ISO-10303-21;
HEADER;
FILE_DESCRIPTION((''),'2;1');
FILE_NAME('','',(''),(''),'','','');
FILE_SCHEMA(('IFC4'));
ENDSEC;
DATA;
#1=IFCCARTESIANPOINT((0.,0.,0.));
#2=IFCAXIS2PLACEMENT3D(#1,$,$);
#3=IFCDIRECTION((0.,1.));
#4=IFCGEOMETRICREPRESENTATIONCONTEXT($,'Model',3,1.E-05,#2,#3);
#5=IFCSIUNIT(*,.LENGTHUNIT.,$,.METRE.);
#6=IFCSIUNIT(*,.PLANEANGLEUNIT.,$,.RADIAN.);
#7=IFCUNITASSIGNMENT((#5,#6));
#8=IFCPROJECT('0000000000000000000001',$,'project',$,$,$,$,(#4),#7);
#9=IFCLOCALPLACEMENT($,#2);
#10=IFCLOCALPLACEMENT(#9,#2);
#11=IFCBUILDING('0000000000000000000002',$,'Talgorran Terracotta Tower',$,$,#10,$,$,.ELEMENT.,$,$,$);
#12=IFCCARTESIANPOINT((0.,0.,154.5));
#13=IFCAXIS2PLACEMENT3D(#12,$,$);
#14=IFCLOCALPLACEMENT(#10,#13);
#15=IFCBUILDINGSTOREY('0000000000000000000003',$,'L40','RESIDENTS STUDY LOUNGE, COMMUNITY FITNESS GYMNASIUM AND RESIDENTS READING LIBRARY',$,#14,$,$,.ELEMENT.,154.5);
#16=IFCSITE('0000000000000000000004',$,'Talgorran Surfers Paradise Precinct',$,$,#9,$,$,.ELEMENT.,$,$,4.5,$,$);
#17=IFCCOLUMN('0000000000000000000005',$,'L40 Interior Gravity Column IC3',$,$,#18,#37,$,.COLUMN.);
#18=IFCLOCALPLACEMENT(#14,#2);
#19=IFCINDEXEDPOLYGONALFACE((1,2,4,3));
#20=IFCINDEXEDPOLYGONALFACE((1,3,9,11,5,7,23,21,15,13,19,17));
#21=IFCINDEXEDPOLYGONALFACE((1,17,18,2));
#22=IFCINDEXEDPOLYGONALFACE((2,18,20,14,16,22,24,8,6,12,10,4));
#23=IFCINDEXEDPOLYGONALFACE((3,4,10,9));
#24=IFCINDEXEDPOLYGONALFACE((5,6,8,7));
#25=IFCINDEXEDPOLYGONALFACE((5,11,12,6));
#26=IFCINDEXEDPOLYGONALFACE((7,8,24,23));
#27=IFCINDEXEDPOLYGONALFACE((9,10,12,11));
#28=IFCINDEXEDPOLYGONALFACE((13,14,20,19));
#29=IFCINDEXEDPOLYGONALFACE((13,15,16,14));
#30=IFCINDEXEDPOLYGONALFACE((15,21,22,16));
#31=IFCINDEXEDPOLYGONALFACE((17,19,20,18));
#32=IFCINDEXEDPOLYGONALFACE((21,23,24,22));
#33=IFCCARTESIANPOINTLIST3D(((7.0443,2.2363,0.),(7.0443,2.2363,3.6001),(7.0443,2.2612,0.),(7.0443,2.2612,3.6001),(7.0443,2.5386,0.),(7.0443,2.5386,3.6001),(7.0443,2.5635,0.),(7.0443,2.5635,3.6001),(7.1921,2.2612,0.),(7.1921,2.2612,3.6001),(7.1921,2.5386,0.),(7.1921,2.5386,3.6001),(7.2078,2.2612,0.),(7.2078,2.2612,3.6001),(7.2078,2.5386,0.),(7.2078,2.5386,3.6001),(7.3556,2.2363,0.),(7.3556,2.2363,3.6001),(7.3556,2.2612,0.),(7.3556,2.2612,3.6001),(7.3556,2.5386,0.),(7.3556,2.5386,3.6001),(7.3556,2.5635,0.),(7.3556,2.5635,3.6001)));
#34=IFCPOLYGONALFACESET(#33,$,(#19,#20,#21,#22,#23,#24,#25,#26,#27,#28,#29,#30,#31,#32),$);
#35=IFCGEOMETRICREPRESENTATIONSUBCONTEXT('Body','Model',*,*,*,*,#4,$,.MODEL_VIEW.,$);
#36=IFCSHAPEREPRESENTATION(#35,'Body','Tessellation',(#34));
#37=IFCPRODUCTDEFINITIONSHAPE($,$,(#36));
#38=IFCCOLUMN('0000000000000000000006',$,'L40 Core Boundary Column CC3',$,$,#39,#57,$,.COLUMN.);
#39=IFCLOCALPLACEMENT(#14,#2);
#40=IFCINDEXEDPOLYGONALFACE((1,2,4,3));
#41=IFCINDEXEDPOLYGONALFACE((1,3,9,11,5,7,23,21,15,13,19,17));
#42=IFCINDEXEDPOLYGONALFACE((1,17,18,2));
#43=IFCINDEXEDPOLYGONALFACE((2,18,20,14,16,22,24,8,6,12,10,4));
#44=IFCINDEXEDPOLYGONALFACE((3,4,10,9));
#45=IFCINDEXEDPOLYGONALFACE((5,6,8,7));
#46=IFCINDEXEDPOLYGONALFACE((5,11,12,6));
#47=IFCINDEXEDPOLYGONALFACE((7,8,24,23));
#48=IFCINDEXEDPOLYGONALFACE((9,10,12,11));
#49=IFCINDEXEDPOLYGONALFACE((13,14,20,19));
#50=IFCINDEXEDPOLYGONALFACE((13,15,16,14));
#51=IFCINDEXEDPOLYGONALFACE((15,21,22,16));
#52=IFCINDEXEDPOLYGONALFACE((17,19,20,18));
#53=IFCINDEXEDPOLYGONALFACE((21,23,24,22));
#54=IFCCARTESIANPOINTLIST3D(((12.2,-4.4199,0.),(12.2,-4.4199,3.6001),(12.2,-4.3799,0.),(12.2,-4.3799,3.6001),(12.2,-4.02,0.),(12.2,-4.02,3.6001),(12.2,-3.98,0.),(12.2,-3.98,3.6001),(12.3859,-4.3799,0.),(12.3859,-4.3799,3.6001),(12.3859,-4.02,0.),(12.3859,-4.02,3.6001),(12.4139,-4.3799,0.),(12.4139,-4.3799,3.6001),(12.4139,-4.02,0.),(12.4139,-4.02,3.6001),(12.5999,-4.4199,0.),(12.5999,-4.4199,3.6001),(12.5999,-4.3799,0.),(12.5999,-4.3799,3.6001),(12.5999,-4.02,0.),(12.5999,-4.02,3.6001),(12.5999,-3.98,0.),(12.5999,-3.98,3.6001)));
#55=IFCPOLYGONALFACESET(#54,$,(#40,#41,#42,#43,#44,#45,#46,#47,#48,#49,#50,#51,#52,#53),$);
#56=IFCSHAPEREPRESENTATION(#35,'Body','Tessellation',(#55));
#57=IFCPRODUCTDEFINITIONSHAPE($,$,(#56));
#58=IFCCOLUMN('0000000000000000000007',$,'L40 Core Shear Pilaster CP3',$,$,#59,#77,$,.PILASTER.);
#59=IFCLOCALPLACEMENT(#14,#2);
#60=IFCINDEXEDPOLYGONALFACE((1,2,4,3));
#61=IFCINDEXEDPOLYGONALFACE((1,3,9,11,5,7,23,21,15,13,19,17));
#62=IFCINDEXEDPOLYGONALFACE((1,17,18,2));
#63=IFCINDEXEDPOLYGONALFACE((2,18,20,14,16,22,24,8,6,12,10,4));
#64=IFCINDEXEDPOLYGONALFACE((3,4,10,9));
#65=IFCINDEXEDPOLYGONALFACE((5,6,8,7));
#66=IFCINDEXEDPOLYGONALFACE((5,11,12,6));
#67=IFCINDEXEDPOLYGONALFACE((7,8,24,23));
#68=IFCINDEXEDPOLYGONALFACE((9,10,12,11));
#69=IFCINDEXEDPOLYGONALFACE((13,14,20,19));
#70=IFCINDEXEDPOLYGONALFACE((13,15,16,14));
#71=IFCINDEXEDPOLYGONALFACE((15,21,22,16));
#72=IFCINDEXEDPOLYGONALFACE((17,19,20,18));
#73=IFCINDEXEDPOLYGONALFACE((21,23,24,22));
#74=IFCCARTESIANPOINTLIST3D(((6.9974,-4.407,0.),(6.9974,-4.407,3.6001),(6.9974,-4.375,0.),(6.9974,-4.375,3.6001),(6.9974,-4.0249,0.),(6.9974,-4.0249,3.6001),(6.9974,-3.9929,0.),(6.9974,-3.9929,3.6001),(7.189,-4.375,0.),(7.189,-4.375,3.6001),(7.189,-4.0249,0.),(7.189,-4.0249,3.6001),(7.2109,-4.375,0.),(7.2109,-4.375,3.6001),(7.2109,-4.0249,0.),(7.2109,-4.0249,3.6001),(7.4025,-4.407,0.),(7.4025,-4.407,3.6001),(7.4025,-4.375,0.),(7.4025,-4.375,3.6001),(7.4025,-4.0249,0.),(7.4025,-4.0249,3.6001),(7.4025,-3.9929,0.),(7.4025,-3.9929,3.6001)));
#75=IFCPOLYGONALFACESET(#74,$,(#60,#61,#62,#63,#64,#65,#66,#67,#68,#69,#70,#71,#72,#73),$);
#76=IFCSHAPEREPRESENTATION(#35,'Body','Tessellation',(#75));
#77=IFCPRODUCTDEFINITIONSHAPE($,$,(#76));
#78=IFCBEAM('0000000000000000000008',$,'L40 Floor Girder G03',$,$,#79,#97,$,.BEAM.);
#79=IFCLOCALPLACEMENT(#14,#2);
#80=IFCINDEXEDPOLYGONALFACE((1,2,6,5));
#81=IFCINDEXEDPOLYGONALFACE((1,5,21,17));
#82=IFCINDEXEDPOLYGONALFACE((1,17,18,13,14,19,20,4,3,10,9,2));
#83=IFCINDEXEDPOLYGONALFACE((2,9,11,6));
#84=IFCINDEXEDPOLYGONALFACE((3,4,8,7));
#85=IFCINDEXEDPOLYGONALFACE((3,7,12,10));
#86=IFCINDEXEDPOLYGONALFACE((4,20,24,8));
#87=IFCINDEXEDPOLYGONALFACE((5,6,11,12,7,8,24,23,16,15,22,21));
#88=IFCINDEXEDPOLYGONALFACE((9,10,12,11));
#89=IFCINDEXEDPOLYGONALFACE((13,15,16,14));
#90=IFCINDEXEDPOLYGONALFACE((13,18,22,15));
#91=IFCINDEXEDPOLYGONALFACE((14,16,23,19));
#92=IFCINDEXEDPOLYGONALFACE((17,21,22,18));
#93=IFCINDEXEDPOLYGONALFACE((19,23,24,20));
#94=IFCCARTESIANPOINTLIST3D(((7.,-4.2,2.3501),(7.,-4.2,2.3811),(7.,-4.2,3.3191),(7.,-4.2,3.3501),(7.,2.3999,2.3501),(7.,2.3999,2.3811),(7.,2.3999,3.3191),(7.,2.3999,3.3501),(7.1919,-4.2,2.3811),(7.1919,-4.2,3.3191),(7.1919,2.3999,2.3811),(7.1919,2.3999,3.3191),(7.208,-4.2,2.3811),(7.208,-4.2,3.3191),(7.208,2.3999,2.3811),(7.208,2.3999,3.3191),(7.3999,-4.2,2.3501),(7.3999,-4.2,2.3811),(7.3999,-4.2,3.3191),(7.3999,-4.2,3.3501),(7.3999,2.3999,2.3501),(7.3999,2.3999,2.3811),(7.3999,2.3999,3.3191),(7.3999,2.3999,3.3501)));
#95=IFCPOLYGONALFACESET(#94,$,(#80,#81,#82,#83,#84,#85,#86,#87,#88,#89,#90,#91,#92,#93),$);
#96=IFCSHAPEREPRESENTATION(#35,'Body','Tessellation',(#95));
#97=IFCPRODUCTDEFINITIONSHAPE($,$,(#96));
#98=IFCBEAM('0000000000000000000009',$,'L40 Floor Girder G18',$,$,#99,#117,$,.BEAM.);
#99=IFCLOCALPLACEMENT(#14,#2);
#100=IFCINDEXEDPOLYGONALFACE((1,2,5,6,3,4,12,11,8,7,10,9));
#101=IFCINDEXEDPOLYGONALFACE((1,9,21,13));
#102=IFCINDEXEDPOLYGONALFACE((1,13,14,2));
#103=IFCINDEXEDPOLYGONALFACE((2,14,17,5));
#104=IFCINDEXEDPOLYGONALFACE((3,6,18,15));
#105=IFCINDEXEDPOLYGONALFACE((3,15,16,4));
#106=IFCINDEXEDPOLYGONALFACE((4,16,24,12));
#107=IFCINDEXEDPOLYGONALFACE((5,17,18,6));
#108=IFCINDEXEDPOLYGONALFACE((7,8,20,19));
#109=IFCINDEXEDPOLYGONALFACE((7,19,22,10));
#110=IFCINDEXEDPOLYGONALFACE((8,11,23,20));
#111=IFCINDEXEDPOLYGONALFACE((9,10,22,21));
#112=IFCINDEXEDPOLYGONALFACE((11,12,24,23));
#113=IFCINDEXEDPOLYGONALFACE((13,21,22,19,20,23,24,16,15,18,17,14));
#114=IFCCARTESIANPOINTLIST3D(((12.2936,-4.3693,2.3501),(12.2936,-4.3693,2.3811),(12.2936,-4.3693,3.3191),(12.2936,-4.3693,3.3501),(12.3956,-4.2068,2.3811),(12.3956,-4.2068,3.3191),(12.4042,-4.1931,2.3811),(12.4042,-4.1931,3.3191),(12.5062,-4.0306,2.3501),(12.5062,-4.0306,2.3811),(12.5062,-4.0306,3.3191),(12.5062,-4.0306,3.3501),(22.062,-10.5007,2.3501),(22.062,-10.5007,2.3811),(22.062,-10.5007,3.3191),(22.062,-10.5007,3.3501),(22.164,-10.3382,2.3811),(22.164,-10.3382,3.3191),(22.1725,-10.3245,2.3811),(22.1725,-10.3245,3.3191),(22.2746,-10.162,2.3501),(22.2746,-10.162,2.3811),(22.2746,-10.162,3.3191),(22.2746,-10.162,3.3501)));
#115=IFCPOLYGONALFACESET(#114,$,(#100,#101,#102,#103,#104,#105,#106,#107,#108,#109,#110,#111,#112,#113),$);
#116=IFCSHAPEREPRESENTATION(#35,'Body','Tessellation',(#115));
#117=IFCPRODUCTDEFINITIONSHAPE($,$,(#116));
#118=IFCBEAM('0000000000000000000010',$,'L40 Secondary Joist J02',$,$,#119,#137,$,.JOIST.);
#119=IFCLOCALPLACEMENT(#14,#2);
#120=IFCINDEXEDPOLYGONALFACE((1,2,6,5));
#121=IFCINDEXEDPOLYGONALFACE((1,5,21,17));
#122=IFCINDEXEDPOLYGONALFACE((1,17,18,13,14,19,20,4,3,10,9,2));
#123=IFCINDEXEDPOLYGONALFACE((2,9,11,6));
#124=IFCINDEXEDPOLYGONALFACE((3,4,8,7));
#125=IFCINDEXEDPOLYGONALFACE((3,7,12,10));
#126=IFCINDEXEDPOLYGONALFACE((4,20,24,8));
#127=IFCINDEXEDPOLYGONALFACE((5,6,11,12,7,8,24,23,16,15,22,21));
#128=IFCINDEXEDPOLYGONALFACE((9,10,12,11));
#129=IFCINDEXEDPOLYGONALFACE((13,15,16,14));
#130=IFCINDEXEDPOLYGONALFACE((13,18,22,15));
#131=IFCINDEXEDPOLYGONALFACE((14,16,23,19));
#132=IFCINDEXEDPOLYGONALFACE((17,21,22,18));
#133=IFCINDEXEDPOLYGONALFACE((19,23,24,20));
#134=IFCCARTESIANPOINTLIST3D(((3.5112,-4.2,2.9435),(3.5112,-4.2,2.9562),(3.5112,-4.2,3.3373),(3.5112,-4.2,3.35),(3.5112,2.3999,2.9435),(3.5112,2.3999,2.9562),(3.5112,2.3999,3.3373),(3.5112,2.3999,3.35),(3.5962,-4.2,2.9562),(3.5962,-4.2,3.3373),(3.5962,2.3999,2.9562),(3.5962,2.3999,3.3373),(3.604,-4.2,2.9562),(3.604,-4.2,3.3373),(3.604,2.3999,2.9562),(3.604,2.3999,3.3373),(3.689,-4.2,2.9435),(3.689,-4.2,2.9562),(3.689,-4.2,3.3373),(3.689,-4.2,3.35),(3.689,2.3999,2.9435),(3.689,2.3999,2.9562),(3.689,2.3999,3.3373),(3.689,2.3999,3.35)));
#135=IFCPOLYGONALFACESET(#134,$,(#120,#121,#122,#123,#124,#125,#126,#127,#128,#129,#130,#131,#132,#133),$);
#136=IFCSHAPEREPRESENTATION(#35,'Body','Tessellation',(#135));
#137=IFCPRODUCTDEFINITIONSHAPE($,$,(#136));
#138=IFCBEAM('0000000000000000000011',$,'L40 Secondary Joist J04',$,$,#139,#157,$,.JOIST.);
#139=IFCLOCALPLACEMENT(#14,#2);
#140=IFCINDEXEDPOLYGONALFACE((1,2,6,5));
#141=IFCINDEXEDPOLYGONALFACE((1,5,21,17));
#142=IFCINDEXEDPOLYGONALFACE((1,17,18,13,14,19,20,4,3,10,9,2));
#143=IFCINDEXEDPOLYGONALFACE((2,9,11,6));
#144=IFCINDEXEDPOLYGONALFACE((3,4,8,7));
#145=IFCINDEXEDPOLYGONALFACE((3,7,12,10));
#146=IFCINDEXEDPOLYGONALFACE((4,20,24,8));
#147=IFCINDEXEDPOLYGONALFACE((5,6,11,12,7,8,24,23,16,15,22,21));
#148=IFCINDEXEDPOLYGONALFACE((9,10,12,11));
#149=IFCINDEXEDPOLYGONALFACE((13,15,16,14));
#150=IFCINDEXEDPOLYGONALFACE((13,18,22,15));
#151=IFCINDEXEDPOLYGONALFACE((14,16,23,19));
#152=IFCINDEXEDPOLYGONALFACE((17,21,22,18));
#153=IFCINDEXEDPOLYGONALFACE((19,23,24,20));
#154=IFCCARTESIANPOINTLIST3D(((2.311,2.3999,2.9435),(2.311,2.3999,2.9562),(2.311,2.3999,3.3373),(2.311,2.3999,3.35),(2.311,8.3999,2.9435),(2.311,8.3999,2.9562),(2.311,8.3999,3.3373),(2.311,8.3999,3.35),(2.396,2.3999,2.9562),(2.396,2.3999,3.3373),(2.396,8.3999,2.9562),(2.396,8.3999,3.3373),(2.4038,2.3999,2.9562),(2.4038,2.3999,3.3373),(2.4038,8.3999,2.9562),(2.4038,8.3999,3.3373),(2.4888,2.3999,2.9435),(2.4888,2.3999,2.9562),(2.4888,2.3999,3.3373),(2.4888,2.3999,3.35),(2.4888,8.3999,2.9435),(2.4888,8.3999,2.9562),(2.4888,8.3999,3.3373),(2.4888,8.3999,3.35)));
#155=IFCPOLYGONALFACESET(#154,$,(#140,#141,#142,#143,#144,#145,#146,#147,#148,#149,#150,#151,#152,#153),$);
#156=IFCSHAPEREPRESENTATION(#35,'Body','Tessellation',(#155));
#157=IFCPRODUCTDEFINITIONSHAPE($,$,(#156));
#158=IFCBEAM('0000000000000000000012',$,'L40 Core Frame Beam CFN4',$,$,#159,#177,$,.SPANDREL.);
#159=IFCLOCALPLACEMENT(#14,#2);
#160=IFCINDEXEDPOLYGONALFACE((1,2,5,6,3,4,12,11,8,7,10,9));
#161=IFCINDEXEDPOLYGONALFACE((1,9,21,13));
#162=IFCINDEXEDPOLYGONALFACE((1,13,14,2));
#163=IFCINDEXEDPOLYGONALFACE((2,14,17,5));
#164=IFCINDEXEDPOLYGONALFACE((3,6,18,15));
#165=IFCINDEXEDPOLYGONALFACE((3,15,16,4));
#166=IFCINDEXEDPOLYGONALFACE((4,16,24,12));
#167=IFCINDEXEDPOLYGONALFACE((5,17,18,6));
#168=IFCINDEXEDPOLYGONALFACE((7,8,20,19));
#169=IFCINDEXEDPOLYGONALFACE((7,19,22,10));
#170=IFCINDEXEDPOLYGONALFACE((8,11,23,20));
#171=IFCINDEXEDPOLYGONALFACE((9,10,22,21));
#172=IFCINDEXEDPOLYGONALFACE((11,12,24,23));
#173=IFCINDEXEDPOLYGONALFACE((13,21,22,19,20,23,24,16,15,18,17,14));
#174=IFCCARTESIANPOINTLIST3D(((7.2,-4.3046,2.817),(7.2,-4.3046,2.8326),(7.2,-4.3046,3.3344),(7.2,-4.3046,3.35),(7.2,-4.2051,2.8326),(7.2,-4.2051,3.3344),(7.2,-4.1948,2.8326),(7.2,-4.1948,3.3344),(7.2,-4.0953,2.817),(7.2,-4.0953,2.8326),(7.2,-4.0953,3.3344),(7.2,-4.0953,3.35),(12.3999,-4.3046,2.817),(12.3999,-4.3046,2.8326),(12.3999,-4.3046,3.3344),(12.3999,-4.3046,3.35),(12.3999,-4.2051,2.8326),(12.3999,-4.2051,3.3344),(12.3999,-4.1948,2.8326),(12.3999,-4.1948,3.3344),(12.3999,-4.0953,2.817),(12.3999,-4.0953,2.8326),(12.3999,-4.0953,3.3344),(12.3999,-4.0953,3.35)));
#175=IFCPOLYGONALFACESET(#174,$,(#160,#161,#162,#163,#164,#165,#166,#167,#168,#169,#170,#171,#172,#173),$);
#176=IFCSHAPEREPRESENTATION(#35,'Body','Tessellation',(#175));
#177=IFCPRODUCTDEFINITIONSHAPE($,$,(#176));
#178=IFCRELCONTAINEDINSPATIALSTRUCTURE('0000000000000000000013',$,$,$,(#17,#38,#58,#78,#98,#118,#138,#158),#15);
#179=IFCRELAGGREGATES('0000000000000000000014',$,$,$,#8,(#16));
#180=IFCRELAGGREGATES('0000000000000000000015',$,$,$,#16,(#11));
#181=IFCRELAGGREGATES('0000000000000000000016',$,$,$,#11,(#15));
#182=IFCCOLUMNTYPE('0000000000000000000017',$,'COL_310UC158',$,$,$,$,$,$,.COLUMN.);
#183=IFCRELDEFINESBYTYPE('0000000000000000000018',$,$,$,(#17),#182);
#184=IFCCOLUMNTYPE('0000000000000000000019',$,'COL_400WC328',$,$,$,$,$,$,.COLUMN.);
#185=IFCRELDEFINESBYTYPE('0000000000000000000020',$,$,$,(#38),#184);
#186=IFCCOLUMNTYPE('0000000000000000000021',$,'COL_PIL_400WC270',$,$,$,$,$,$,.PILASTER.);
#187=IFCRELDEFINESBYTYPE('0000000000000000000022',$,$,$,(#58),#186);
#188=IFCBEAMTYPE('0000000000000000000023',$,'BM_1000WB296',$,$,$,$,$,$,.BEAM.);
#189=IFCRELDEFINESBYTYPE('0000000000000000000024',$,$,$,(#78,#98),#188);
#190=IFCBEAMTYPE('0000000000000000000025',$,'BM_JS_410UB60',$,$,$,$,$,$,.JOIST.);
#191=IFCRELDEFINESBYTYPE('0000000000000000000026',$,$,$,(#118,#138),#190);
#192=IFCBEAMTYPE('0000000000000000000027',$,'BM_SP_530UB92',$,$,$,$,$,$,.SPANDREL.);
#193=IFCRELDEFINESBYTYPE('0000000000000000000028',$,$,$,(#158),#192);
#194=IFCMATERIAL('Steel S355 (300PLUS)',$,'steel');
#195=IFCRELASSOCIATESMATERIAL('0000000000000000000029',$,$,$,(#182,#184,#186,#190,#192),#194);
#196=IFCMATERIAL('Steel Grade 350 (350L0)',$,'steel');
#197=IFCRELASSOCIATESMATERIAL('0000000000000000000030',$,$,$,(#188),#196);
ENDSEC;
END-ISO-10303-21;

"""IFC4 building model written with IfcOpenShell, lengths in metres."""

from ifc_helpers import new_model, si_unit, direction, frame, origin, origin_2d, place, context, subcontext, project, spatial, i_section, extrude, material, material_profile, profile_set, type_object, element, save


model = new_model("IFC4")

# Units and contexts
model_context = context("Model", 3, precision=1e-05, world=origin(), true_north=direction((0.0, 1.0)))
body_context = subcontext(model_context, "Body", "Model", "MODEL_VIEW")
ifc_project = project(units=[si_unit("LENGTHUNIT", "METRE"), si_unit("PLANEANGLEUNIT", "RADIAN")], contexts=[model_context])

# Site, building, storey
site_placement = place(None, origin())
site = spatial("IfcSite", under=ifc_project, at=site_placement, Name="Talgorran Surfers Paradise Precinct", CompositionType="ELEMENT", RefElevation=4.5)
building_placement = place(site_placement, origin())
building = spatial("IfcBuilding", under=site, at=building_placement, Name="Talgorran Terracotta Tower", CompositionType="ELEMENT")
storey_placement = place(building_placement, frame((0.0, 0.0, 154.5)))
storey = spatial("IfcBuildingStorey", under=building, at=storey_placement, Name="L40", Description="RESIDENTS STUDY LOUNGE, COMMUNITY FITNESS GYMNASIUM AND RESIDENTS READING LIBRARY", CompositionType="ELEMENT", Elevation=154.5)

# Columns
ifc_material_1 = material(Name="Steel S355 (300PLUS)", Category="steel")
ifc_material_profile_1 = material_profile(ifc_material_1, i_section(OverallWidth=0.3113, OverallDepth=0.3271, WebThickness=0.0156, FlangeThickness=0.0249, at=origin_2d()), Name="310UC158")
ifc_profile_set_1 = profile_set([ifc_material_profile_1], Name="Steel S355 (300PLUS)")
column_type_1 = type_object("IfcColumnType", Name="COL_310UC158", PredefinedType="COLUMN", material=ifc_profile_set_1)
column_1_placement = place(storey_placement, frame((7.2, 2.3999, 0.0), z_axis=(0.0, 0.0, 1.0), x_axis=(1.0, 0.0, 0.0)))
element("IfcColumn", 1, at=column_1_placement, inside=storey, type_object=column_type_1, Name="L40 Interior Gravity Column IC3", PredefinedType="COLUMN", context=body_context, shape_type="SweptSolid", body=[
    extrude(i_section(OverallWidth=0.3113, OverallDepth=0.3271, WebThickness=0.0156, FlangeThickness=0.0249, at=origin_2d()), origin(), (0.0, 0.0, 1.0), 3.6001),
])
ifc_material_profile_2 = material_profile(ifc_material_1, i_section(OverallWidth=0.3999, OverallDepth=0.4399, WebThickness=0.0281, FlangeThickness=0.04, at=origin_2d()), Name="400WC328")
ifc_profile_set_2 = profile_set([ifc_material_profile_2], Name="Steel S355 (300PLUS)")
column_type_2 = type_object("IfcColumnType", Name="COL_400WC328", PredefinedType="COLUMN", material=ifc_profile_set_2)
column_2_placement = place(storey_placement, frame((12.3999, -4.2, 0.0), z_axis=(0.0, 0.0, 1.0), x_axis=(1.0, 0.0, 0.0)))
element("IfcColumn", 2, at=column_2_placement, inside=storey, type_object=column_type_2, Name="L40 Core Boundary Column CC3", PredefinedType="COLUMN", context=body_context, shape_type="SweptSolid", body=[
    extrude(i_section(OverallWidth=0.3999, OverallDepth=0.4399, WebThickness=0.0281, FlangeThickness=0.04, at=origin_2d()), origin(), (0.0, 0.0, 1.0), 3.6001),
])
ifc_material_profile_3 = material_profile(ifc_material_1, i_section(OverallWidth=0.405, OverallDepth=0.4141, WebThickness=0.022, FlangeThickness=0.032, at=origin_2d()), Name="400WC270")
ifc_profile_set_3 = profile_set([ifc_material_profile_3], Name="Steel S355 (300PLUS)")
column_type_3 = type_object("IfcColumnType", Name="COL_PIL_400WC270", PredefinedType="PILASTER", material=ifc_profile_set_3)
column_3_placement = place(storey_placement, frame((7.2, -4.2, 0.0), z_axis=(0.0, 0.0, 1.0), x_axis=(1.0, 0.0, 0.0)))
element("IfcColumn", 3, at=column_3_placement, inside=storey, type_object=column_type_3, Name="L40 Core Shear Pilaster CP3", PredefinedType="PILASTER", context=body_context, shape_type="SweptSolid", body=[
    extrude(i_section(OverallWidth=0.405, OverallDepth=0.4141, WebThickness=0.022, FlangeThickness=0.032, at=origin_2d()), origin(), (0.0, 0.0, 1.0), 3.6001),
])

# Beams
ifc_material_2 = material(Name="Steel Grade 350 (350L0)", Category="steel")
ifc_material_profile_4 = material_profile(ifc_material_2, i_section(OverallWidth=0.3999, OverallDepth=1.0, WebThickness=0.0161, FlangeThickness=0.031, at=origin_2d()), Name="1000WB296")
ifc_profile_set_4 = profile_set([ifc_material_profile_4], Name="Steel Grade 350 (350L0)")
beam_type_1 = type_object("IfcBeamType", Name="BM_1000WB296", PredefinedType="BEAM", material=ifc_profile_set_4)
beam_1_placement = place(storey_placement, frame((7.2, -4.2, 2.8501), z_axis=(0.0, 1.0, 0.0), x_axis=(-1.0, 0.0, 0.0)))
element("IfcBeam", 4, at=beam_1_placement, inside=storey, type_object=beam_type_1, Name="L40 Floor Girder G03", PredefinedType="BEAM", context=body_context, shape_type="SweptSolid", body=[
    extrude(i_section(OverallWidth=0.3999, OverallDepth=1.0, WebThickness=0.0161, FlangeThickness=0.031, at=origin_2d()), origin(), (0.0, 0.0, 1.0), 6.5999),
])
beam_2_placement = place(storey_placement, frame((12.3999, -4.2, 2.8501), z_axis=(0.846978, -0.531629, 0.0), x_axis=(0.531629, 0.846978, 0.0)))
element("IfcBeam", 5, at=beam_2_placement, inside=storey, type_object=beam_type_1, Name="L40 Floor Girder G18", PredefinedType="BEAM", context=body_context, shape_type="SweptSolid", body=[
    extrude(i_section(OverallWidth=0.3999, OverallDepth=1.0, WebThickness=0.0161, FlangeThickness=0.031, at=origin_2d()), origin(), (0.0, 0.0, 1.0), 11.5332),
])
ifc_material_profile_5 = material_profile(ifc_material_1, i_section(OverallWidth=0.1777, OverallDepth=0.4065, WebThickness=0.0078, FlangeThickness=0.0127, at=origin_2d()), Name="410UB59.7")
ifc_profile_set_5 = profile_set([ifc_material_profile_5], Name="Steel S355 (300PLUS)")
beam_type_2 = type_object("IfcBeamType", Name="BM_JS_410UB60", PredefinedType="JOIST", material=ifc_profile_set_5)
beam_3_placement = place(storey_placement, frame((3.6001, -4.2, 3.1467), z_axis=(0.0, 1.0, 0.0), x_axis=(-1.0, 0.0, 0.0)))
element("IfcBeam", 6, at=beam_3_placement, inside=storey, type_object=beam_type_2, Name="L40 Secondary Joist J02", PredefinedType="JOIST", context=body_context, shape_type="SweptSolid", body=[
    extrude(i_section(OverallWidth=0.1777, OverallDepth=0.4065, WebThickness=0.0078, FlangeThickness=0.0127, at=origin_2d()), origin(), (0.0, 0.0, 1.0), 6.5999),
])
beam_4_placement = place(storey_placement, frame((2.3999, 2.3999, 3.1467), z_axis=(0.0, 1.0, 0.0), x_axis=(-1.0, 0.0, 0.0)))
element("IfcBeam", 7, at=beam_4_placement, inside=storey, type_object=beam_type_2, Name="L40 Secondary Joist J04", PredefinedType="JOIST", context=body_context, shape_type="SweptSolid", body=[
    extrude(i_section(OverallWidth=0.1777, OverallDepth=0.4065, WebThickness=0.0078, FlangeThickness=0.0127, at=origin_2d()), origin(), (0.0, 0.0, 1.0), 6.0),
])
ifc_material_profile_6 = material_profile(ifc_material_1, i_section(OverallWidth=0.2092, OverallDepth=0.533, WebThickness=0.0103, FlangeThickness=0.0156, at=origin_2d()), Name="530UB92.4")
ifc_profile_set_6 = profile_set([ifc_material_profile_6], Name="Steel S355 (300PLUS)")
beam_type_3 = type_object("IfcBeamType", Name="BM_SP_530UB92", PredefinedType="SPANDREL", material=ifc_profile_set_6)
beam_5_placement = place(storey_placement, frame((7.2, -4.2, 3.0835), z_axis=(1.0, 0.0, 0.0), x_axis=(0.0, 1.0, 0.0)))
element("IfcBeam", 8, at=beam_5_placement, inside=storey, type_object=beam_type_3, Name="L40 Core Frame Beam CFN4", PredefinedType="SPANDREL", context=body_context, shape_type="SweptSolid", body=[
    extrude(i_section(OverallWidth=0.2092, OverallDepth=0.533, WebThickness=0.0103, FlangeThickness=0.0156, at=origin_2d()), origin(), (0.0, 0.0, 1.0), 5.2),
])

save(model, "model.ifc")
